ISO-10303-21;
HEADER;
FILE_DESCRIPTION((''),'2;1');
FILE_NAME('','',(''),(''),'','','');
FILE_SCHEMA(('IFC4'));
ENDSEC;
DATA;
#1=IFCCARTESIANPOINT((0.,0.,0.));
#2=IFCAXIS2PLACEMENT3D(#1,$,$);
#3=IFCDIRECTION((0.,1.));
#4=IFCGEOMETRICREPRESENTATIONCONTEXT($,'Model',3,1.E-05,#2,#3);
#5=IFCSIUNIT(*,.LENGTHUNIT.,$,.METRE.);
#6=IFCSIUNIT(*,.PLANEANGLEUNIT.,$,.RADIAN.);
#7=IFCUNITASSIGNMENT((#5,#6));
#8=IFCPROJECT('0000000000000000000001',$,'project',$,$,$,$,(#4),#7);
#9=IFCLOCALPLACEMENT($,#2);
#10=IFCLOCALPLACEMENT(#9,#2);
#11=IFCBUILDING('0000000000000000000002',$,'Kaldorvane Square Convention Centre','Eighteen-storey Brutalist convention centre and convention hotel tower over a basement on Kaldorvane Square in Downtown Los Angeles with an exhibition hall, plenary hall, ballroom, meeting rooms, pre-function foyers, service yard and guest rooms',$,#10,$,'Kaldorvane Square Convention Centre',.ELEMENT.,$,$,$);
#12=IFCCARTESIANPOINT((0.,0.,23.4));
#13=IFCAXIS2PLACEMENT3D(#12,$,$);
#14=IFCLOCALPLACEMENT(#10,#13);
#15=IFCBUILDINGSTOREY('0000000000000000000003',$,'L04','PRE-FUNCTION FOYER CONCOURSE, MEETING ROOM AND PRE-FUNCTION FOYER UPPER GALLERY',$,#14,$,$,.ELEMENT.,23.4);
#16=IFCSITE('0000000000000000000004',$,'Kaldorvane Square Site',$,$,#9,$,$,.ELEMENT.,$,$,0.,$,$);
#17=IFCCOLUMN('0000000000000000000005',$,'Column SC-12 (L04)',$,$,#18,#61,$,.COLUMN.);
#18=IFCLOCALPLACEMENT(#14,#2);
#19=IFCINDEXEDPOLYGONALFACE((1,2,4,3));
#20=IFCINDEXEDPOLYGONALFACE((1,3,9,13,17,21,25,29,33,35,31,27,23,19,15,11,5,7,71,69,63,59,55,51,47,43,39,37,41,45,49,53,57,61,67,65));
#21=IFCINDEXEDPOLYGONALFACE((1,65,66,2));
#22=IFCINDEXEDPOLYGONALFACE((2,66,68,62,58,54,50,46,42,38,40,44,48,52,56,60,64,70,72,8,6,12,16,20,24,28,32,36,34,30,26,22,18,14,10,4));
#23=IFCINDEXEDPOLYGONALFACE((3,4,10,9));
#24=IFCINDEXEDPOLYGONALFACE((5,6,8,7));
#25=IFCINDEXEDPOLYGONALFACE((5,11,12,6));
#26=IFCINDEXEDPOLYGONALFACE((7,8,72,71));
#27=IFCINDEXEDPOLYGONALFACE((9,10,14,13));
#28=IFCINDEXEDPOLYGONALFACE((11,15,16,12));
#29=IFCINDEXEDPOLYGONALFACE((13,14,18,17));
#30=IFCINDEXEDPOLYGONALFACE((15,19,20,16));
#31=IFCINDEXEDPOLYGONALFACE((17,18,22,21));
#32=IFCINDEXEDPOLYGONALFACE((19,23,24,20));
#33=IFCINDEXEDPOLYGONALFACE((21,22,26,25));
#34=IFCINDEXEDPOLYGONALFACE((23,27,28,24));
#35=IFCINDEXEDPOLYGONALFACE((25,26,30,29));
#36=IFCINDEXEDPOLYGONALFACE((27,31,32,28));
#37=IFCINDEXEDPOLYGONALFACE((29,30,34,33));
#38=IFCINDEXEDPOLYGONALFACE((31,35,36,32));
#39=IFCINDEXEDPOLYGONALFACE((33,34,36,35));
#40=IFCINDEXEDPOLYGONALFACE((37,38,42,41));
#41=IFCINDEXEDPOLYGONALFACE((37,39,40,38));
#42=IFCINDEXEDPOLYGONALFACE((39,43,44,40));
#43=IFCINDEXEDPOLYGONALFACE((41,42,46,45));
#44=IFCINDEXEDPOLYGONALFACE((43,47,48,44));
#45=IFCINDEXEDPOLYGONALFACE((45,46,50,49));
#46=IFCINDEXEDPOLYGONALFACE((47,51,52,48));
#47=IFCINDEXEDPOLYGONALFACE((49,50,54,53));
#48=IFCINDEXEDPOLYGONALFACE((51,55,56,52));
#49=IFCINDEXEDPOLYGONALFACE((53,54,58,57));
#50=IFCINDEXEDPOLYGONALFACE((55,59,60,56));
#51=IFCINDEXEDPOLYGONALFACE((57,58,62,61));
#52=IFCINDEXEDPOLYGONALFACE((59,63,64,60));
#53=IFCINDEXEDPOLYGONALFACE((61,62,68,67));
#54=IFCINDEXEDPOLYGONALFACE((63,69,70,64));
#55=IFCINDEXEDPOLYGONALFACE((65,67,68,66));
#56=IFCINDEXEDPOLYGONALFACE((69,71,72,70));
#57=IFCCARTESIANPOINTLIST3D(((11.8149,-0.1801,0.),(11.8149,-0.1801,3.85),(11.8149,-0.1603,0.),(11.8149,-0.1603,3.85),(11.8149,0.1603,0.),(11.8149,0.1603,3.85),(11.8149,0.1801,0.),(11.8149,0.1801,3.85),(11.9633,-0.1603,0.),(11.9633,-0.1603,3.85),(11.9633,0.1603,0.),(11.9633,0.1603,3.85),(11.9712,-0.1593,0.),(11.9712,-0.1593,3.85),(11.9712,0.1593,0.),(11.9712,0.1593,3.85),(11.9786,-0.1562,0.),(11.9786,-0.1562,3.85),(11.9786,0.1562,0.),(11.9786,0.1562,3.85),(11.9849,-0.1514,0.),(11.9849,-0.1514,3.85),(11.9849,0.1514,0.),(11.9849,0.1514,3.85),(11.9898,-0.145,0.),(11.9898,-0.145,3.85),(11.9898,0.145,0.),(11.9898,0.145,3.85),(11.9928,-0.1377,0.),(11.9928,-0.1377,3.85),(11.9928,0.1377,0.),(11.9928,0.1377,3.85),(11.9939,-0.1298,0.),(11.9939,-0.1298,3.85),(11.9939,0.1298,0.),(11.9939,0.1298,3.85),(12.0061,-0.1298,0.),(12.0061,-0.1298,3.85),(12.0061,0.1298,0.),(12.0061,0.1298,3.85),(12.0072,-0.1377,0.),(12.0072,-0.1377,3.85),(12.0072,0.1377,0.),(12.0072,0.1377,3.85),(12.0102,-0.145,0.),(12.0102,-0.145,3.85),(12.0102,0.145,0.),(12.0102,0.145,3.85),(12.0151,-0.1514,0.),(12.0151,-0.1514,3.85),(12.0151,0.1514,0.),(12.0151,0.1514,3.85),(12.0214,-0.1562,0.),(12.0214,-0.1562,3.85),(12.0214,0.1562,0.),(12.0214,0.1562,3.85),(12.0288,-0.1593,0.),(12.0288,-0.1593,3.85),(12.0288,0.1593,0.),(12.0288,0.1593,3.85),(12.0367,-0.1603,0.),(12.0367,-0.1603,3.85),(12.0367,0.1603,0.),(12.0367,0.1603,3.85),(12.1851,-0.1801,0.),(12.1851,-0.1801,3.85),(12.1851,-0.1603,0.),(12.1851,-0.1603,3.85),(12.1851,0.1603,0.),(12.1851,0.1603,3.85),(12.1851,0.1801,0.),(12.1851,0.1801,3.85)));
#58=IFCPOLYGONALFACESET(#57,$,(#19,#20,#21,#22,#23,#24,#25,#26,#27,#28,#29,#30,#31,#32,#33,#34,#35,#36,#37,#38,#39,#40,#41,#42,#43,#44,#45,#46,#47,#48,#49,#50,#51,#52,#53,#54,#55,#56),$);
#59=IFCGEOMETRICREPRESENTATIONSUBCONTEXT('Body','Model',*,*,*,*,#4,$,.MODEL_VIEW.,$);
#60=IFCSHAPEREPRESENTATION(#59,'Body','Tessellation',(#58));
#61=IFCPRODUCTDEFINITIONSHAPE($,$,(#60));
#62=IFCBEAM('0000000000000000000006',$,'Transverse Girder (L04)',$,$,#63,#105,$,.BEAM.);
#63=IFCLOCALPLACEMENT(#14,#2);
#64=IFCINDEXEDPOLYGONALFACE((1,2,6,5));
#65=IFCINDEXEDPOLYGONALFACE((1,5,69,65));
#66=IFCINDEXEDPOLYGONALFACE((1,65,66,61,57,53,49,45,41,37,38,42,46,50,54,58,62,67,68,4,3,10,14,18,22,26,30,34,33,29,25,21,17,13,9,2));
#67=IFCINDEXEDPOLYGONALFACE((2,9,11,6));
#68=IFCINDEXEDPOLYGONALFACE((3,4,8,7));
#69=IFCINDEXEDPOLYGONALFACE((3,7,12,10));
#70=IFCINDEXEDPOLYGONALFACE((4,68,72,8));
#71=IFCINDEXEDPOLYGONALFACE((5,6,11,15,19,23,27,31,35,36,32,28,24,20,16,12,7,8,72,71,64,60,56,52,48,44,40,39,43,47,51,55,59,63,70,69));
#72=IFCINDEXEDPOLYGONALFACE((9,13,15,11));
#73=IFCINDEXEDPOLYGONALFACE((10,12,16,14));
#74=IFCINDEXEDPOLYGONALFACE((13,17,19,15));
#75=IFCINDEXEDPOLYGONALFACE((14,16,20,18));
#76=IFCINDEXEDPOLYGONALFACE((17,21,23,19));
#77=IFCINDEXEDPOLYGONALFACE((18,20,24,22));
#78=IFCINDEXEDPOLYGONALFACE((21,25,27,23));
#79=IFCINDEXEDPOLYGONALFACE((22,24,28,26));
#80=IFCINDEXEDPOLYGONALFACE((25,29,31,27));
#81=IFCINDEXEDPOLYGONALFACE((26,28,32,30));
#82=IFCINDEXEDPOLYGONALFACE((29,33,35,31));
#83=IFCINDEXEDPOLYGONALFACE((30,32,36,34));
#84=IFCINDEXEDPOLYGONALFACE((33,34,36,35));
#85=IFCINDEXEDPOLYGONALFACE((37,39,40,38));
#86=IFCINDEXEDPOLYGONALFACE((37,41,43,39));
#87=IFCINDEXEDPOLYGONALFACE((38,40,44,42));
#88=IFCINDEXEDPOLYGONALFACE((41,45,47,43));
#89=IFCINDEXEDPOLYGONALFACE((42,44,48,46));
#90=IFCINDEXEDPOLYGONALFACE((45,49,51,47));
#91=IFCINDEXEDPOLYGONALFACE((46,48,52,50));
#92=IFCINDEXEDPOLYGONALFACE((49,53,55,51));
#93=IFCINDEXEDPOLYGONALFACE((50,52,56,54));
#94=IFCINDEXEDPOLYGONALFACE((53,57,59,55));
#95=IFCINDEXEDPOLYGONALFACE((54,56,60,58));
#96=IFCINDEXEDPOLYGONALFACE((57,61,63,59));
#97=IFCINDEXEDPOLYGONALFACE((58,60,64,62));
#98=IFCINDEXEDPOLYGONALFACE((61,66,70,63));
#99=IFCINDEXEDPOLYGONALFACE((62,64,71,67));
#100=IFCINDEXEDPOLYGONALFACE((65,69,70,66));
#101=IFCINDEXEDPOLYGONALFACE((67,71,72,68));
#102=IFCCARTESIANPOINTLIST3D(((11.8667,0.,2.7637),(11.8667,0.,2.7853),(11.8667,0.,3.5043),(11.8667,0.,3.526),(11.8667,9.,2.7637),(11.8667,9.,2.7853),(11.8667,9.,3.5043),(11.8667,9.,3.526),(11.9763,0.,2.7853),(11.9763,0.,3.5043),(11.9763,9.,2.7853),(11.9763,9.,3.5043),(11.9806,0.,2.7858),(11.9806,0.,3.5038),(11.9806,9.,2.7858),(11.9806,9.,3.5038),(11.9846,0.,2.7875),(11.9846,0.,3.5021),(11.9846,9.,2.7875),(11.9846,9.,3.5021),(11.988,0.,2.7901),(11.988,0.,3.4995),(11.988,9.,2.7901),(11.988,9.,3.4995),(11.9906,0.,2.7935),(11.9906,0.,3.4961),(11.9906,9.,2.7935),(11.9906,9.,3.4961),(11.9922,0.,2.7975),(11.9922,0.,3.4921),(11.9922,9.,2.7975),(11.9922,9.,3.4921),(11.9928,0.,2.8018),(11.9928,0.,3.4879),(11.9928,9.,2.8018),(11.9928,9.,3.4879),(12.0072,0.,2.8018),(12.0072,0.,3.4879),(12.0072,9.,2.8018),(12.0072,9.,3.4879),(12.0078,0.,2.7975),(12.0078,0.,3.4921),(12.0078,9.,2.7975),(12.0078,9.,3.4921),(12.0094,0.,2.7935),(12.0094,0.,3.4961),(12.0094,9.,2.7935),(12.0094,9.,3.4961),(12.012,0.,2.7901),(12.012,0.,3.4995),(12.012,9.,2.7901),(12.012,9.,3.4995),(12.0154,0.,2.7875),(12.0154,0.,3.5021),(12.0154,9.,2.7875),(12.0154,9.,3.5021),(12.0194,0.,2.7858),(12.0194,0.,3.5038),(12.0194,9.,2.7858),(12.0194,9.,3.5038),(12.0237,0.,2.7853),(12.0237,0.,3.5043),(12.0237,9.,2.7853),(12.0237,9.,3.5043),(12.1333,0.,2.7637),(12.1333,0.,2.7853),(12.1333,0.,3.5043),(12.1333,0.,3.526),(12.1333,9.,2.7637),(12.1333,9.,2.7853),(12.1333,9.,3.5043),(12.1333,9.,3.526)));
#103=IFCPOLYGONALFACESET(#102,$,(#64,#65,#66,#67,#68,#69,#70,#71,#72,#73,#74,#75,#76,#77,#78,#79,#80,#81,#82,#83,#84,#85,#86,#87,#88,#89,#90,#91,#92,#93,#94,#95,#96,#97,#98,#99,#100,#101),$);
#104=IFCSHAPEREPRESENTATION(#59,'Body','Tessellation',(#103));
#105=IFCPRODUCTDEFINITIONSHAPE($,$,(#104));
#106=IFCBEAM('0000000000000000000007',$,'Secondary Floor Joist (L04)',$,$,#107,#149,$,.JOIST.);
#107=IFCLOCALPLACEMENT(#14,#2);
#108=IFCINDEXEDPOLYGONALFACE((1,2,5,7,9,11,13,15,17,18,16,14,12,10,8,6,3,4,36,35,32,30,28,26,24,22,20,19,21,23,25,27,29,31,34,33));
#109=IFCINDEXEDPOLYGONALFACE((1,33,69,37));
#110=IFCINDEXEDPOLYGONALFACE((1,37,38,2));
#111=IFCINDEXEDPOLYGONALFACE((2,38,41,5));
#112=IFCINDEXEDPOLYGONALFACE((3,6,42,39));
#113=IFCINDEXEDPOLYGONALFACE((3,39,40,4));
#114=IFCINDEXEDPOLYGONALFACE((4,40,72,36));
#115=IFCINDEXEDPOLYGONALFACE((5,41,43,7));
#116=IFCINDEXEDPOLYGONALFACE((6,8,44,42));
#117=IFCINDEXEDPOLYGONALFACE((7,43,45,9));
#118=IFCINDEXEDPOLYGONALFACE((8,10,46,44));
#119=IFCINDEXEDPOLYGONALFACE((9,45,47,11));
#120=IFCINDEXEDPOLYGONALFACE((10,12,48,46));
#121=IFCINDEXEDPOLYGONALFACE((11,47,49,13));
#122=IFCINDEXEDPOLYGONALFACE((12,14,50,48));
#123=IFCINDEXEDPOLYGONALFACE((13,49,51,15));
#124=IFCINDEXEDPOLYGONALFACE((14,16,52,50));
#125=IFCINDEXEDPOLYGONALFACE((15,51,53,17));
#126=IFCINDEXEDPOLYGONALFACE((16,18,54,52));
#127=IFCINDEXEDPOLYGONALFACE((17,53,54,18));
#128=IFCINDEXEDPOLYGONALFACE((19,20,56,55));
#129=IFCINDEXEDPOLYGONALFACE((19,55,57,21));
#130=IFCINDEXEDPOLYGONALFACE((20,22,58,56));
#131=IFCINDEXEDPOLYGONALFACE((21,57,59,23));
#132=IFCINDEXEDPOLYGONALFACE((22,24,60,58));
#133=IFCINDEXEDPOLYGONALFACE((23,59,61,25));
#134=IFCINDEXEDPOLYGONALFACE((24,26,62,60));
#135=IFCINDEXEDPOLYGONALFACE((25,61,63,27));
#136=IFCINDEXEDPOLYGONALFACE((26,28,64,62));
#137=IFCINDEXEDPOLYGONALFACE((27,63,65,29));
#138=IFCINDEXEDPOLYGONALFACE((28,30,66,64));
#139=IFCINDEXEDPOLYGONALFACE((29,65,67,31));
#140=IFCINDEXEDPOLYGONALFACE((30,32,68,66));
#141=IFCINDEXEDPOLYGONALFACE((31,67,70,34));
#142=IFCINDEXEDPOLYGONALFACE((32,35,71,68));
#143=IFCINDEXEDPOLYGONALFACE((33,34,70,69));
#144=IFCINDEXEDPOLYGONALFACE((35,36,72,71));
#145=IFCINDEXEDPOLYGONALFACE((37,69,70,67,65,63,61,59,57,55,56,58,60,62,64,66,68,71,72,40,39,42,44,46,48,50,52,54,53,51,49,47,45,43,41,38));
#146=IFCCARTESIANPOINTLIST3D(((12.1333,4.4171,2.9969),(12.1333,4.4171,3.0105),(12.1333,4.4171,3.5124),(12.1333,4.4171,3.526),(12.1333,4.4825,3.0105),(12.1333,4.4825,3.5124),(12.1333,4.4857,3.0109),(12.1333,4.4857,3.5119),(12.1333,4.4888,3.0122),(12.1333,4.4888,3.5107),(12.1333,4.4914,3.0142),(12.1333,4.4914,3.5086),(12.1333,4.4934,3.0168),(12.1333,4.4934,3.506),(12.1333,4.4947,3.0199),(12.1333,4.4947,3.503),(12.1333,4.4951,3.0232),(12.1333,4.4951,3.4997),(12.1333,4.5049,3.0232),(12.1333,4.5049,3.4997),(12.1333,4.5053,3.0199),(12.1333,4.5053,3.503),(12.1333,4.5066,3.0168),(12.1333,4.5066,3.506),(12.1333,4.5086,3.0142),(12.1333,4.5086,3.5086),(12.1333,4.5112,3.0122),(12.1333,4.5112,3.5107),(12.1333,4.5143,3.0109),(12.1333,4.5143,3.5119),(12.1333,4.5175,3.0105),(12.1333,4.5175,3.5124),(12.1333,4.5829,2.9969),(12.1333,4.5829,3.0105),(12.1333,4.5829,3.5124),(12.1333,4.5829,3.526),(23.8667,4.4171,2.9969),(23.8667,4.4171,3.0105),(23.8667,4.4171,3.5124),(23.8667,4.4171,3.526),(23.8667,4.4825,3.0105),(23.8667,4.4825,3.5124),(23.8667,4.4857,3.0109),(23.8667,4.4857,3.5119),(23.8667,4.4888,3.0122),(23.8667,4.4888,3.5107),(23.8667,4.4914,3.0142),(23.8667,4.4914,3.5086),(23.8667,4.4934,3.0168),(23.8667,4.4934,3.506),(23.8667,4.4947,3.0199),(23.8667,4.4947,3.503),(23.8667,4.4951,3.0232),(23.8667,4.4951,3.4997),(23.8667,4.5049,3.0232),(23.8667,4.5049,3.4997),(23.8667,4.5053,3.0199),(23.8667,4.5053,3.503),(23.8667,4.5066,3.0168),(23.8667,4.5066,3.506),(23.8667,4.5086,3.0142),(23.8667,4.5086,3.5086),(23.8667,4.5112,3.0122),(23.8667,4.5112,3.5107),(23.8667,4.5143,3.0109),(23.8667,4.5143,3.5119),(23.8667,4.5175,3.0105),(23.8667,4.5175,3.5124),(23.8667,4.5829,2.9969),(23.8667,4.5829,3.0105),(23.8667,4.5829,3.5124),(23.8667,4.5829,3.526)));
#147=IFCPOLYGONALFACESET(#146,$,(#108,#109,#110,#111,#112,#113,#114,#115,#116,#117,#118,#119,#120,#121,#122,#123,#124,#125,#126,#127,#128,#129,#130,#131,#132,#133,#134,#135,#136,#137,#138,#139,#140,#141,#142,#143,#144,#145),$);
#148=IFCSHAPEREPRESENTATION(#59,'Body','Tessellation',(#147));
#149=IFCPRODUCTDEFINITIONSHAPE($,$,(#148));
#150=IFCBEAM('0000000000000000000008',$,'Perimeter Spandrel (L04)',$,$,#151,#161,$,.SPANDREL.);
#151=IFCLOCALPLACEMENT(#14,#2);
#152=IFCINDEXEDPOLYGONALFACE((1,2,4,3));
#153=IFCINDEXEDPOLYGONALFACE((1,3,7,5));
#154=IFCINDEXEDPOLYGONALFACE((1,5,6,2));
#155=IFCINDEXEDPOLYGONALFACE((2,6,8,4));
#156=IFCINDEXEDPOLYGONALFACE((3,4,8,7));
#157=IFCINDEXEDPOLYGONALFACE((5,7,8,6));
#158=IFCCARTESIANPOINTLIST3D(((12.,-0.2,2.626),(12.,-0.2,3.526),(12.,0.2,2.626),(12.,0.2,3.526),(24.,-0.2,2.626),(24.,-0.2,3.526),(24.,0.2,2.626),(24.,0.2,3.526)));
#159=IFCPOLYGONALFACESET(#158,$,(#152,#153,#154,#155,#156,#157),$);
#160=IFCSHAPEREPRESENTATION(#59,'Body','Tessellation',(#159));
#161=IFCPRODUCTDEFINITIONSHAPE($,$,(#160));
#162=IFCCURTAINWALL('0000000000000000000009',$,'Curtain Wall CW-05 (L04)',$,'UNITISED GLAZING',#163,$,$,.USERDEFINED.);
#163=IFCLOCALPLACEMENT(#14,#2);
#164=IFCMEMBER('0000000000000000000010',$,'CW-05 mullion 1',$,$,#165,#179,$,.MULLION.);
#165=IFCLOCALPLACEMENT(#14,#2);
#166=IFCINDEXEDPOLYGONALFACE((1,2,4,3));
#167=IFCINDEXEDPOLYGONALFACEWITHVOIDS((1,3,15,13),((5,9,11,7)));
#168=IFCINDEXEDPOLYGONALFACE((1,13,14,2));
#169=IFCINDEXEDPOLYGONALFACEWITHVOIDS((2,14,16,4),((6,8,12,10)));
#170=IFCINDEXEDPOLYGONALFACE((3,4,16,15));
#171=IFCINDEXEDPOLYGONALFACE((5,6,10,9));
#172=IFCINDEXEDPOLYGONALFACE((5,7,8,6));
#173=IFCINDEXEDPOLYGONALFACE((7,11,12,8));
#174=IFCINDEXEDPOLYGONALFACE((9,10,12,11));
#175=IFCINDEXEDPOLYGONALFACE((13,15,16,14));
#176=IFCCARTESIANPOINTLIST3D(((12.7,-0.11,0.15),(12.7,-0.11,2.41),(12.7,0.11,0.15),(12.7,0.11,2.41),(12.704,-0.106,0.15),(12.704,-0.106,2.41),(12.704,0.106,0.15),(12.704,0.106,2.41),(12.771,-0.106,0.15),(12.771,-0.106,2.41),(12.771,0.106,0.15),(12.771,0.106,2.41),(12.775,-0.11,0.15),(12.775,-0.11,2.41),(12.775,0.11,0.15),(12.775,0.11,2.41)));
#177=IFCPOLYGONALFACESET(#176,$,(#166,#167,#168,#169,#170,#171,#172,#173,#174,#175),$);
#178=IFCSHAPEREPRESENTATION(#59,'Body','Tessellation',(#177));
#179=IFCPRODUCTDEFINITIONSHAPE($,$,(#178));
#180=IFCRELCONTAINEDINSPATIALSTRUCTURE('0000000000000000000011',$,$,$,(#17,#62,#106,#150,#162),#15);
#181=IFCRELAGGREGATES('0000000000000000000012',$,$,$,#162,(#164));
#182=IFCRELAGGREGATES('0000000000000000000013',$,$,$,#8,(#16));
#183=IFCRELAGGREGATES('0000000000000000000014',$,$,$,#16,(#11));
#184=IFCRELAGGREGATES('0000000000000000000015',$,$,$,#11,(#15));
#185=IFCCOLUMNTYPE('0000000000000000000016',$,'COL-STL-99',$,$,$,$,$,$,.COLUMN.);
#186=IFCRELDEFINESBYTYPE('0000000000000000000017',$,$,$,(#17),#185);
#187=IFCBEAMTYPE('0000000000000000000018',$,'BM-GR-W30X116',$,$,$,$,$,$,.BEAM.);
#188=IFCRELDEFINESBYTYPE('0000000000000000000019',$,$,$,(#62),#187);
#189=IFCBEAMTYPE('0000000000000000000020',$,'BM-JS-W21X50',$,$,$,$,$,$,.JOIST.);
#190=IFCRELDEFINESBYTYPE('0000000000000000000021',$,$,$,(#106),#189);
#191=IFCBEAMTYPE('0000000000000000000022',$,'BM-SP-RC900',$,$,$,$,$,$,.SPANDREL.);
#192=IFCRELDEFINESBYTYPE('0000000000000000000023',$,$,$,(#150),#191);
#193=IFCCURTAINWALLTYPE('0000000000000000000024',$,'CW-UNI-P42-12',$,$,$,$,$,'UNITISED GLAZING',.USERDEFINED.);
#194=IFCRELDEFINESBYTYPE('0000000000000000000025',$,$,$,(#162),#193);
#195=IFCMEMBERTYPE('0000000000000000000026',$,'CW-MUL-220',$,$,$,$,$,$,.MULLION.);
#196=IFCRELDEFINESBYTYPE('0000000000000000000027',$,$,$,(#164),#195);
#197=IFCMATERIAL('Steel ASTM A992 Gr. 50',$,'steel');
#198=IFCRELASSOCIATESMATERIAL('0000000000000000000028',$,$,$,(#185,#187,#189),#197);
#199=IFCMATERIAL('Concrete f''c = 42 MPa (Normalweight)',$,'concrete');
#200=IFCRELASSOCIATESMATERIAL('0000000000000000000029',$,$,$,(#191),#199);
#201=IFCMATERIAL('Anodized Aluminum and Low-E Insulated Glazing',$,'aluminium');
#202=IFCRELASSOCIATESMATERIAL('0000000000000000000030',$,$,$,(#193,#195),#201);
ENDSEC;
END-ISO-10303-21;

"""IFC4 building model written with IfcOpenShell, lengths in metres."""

from ifc_helpers import new_model, si_unit, direction, frame, origin, origin_2d, place, context, subcontext, project, spatial, rectangle, hollow_rectangle, i_section, extrude, material, material_profile, profile_set, type_object, element, aggregate, save


model = new_model("IFC4")

# Units and contexts
model_context = context("Model", 3, precision=1e-05, world=origin(), true_north=direction((0.0, 1.0)))
body_context = subcontext(model_context, "Body", "Model", "MODEL_VIEW")
ifc_project = project(units=[si_unit("LENGTHUNIT", "METRE"), si_unit("PLANEANGLEUNIT", "RADIAN")], contexts=[model_context])

# Site, building, storey
site_placement = place(None, origin())
site = spatial("IfcSite", under=ifc_project, at=site_placement, Name="Kaldorvane Square Site", CompositionType="ELEMENT", RefElevation=0.0)
building_placement = place(site_placement, origin())
building = spatial("IfcBuilding", under=site, at=building_placement, Name="Kaldorvane Square Convention Centre", Description="Eighteen-storey Brutalist convention centre and convention hotel tower over a basement on Kaldorvane Square in Downtown Los Angeles with an exhibition hall, plenary hall, ballroom, meeting rooms, pre-function foyers, service yard and guest rooms", LongName="Kaldorvane Square Convention Centre", CompositionType="ELEMENT")
storey_placement = place(building_placement, frame((0.0, 0.0, 23.4)))
storey = spatial("IfcBuildingStorey", under=building, at=storey_placement, Name="L04", Description="PRE-FUNCTION FOYER CONCOURSE, MEETING ROOM AND PRE-FUNCTION FOYER UPPER GALLERY", CompositionType="ELEMENT", Elevation=23.4)

# Column
ifc_material_1 = material(Name="Steel ASTM A992 Gr. 50", Category="steel")
ifc_material_profile_1 = material_profile(ifc_material_1, i_section(OverallWidth=0.3701, OverallDepth=0.3602, WebThickness=0.0123, FlangeThickness=0.0198, FilletRadius=0.0305, at=origin_2d()), Name="W14X99")
ifc_profile_set_1 = profile_set([ifc_material_profile_1], Name="Steel ASTM A992 Gr. 50")
column_type = type_object("IfcColumnType", Name="COL-STL-99", PredefinedType="COLUMN", material=ifc_profile_set_1)
column_placement = place(storey_placement, frame((12.0, 0.0, 0.0), z_axis=(0.0, 0.0, 1.0), x_axis=(1.0, 0.0, 0.0)))
element("IfcColumn", 1, at=column_placement, inside=storey, type_object=column_type, Name="Column SC-12 (L04)", PredefinedType="COLUMN", context=body_context, shape_type="SweptSolid", body=[
    extrude(i_section(OverallWidth=0.3701, OverallDepth=0.3602, WebThickness=0.0123, FlangeThickness=0.0198, FilletRadius=0.0305, at=origin_2d()), origin(), (0.0, 0.0, 1.0), 3.85),
])

# Beams
ifc_material_profile_2 = material_profile(ifc_material_1, i_section(OverallWidth=0.2666, OverallDepth=0.7623, WebThickness=0.0144, FlangeThickness=0.0216, FilletRadius=0.0165, at=origin_2d()), Name="W30X116")
ifc_profile_set_2 = profile_set([ifc_material_profile_2], Name="Steel ASTM A992 Gr. 50")
beam_type_1 = type_object("IfcBeamType", Name="BM-GR-W30X116", PredefinedType="BEAM", material=ifc_profile_set_2)
beam_1_placement = place(storey_placement, frame((12.0, 0.0, 3.1448), z_axis=(0.0, 1.0, 0.0), x_axis=(-1.0, 0.0, 0.0)))
element("IfcBeam", 2, at=beam_1_placement, inside=storey, type_object=beam_type_1, Name="Transverse Girder (L04)", PredefinedType="BEAM", context=body_context, shape_type="SweptSolid", body=[
    extrude(i_section(OverallWidth=0.2666, OverallDepth=0.7623, WebThickness=0.0144, FlangeThickness=0.0216, FilletRadius=0.0165, at=origin_2d()), origin(), (0.0, 0.0, 1.0), 9.0),
])
ifc_material_profile_3 = material_profile(ifc_material_1, i_section(OverallWidth=0.1659, OverallDepth=0.5291, WebThickness=0.0097, FlangeThickness=0.0136, FilletRadius=0.0127, at=origin_2d()), Name="W21X50")
ifc_profile_set_3 = profile_set([ifc_material_profile_3], Name="Steel ASTM A992 Gr. 50")
beam_type_2 = type_object("IfcBeamType", Name="BM-JS-W21X50", PredefinedType="JOIST", material=ifc_profile_set_3)
beam_2_placement = place(storey_placement, frame((12.1333, 4.5, 3.2614), z_axis=(1.0, 0.0, 0.0), x_axis=(0.0, 1.0, 0.0)))
element("IfcBeam", 3, at=beam_2_placement, inside=storey, type_object=beam_type_2, Name="Secondary Floor Joist (L04)", PredefinedType="JOIST", context=body_context, shape_type="SweptSolid", body=[
    extrude(i_section(OverallWidth=0.1659, OverallDepth=0.5291, WebThickness=0.0097, FlangeThickness=0.0136, FilletRadius=0.0127, at=origin_2d()), origin(), (0.0, 0.0, 1.0), 11.7334),
])
ifc_material_2 = material(Name="Concrete f'c = 42 MPa (Normalweight)", Category="concrete")
ifc_material_profile_4 = material_profile(ifc_material_2, rectangle(XDim=0.4, YDim=0.9, at=origin_2d()), Name="RCSP900X400")
ifc_profile_set_4 = profile_set([ifc_material_profile_4], Name="Concrete f'c = 42 MPa (Normalweight)")
beam_type_3 = type_object("IfcBeamType", Name="BM-SP-RC900", PredefinedType="SPANDREL", material=ifc_profile_set_4)
beam_3_placement = place(storey_placement, frame((12.0, 0.0, 3.076), z_axis=(1.0, 0.0, 0.0), x_axis=(0.0, 1.0, 0.0)))
element("IfcBeam", 4, at=beam_3_placement, inside=storey, type_object=beam_type_3, Name="Perimeter Spandrel (L04)", PredefinedType="SPANDREL", context=body_context, shape_type="SweptSolid", body=[
    extrude(rectangle(XDim=0.4, YDim=0.9, at=origin_2d()), origin(), (0.0, 0.0, 1.0), 12.0),
])

# Curtain wall, member
ifc_material_3 = material(Name="Anodized Aluminum and Low-E Insulated Glazing", Category="aluminium")
curtain_wall_type = type_object("IfcCurtainWallType", Name="CW-UNI-P42-12", ElementType="UNITISED GLAZING", PredefinedType="USERDEFINED", material=ifc_material_3)
curtain_wall_placement = place(storey_placement, origin())
curtain_wall = element("IfcCurtainWall", 5, at=curtain_wall_placement, inside=storey, type_object=curtain_wall_type, Name="Curtain Wall CW-05 (L04)", ObjectType="UNITISED GLAZING", PredefinedType="USERDEFINED")
ifc_material_profile_5 = material_profile(ifc_material_3, hollow_rectangle(XDim=0.075, YDim=0.22, WallThickness=0.004, at=origin_2d()), Name="CWM-220X75")
ifc_profile_set_5 = profile_set([ifc_material_profile_5], Name="Anodized Aluminum and Low-E Insulated Glazing")
member_type_1 = type_object("IfcMemberType", Name="CW-MUL-220", PredefinedType="MULLION", material=ifc_profile_set_5)
member_1_placement = place(storey_placement, frame((12.7375, 0.0, 0.15), z_axis=(0.0, 0.0, 1.0), x_axis=(1.0, 0.0, 0.0)))
member_1 = element("IfcMember", 6, at=member_1_placement, type_object=member_type_1, Name="CW-05 mullion 1", PredefinedType="MULLION", context=body_context, shape_type="SweptSolid", body=[
    extrude(hollow_rectangle(XDim=0.075, YDim=0.22, WallThickness=0.004, at=origin_2d()), origin(), (0.0, 0.0, 1.0), 2.26),
])
aggregate(curtain_wall, [member_1])

save(model, "model.ifc")
